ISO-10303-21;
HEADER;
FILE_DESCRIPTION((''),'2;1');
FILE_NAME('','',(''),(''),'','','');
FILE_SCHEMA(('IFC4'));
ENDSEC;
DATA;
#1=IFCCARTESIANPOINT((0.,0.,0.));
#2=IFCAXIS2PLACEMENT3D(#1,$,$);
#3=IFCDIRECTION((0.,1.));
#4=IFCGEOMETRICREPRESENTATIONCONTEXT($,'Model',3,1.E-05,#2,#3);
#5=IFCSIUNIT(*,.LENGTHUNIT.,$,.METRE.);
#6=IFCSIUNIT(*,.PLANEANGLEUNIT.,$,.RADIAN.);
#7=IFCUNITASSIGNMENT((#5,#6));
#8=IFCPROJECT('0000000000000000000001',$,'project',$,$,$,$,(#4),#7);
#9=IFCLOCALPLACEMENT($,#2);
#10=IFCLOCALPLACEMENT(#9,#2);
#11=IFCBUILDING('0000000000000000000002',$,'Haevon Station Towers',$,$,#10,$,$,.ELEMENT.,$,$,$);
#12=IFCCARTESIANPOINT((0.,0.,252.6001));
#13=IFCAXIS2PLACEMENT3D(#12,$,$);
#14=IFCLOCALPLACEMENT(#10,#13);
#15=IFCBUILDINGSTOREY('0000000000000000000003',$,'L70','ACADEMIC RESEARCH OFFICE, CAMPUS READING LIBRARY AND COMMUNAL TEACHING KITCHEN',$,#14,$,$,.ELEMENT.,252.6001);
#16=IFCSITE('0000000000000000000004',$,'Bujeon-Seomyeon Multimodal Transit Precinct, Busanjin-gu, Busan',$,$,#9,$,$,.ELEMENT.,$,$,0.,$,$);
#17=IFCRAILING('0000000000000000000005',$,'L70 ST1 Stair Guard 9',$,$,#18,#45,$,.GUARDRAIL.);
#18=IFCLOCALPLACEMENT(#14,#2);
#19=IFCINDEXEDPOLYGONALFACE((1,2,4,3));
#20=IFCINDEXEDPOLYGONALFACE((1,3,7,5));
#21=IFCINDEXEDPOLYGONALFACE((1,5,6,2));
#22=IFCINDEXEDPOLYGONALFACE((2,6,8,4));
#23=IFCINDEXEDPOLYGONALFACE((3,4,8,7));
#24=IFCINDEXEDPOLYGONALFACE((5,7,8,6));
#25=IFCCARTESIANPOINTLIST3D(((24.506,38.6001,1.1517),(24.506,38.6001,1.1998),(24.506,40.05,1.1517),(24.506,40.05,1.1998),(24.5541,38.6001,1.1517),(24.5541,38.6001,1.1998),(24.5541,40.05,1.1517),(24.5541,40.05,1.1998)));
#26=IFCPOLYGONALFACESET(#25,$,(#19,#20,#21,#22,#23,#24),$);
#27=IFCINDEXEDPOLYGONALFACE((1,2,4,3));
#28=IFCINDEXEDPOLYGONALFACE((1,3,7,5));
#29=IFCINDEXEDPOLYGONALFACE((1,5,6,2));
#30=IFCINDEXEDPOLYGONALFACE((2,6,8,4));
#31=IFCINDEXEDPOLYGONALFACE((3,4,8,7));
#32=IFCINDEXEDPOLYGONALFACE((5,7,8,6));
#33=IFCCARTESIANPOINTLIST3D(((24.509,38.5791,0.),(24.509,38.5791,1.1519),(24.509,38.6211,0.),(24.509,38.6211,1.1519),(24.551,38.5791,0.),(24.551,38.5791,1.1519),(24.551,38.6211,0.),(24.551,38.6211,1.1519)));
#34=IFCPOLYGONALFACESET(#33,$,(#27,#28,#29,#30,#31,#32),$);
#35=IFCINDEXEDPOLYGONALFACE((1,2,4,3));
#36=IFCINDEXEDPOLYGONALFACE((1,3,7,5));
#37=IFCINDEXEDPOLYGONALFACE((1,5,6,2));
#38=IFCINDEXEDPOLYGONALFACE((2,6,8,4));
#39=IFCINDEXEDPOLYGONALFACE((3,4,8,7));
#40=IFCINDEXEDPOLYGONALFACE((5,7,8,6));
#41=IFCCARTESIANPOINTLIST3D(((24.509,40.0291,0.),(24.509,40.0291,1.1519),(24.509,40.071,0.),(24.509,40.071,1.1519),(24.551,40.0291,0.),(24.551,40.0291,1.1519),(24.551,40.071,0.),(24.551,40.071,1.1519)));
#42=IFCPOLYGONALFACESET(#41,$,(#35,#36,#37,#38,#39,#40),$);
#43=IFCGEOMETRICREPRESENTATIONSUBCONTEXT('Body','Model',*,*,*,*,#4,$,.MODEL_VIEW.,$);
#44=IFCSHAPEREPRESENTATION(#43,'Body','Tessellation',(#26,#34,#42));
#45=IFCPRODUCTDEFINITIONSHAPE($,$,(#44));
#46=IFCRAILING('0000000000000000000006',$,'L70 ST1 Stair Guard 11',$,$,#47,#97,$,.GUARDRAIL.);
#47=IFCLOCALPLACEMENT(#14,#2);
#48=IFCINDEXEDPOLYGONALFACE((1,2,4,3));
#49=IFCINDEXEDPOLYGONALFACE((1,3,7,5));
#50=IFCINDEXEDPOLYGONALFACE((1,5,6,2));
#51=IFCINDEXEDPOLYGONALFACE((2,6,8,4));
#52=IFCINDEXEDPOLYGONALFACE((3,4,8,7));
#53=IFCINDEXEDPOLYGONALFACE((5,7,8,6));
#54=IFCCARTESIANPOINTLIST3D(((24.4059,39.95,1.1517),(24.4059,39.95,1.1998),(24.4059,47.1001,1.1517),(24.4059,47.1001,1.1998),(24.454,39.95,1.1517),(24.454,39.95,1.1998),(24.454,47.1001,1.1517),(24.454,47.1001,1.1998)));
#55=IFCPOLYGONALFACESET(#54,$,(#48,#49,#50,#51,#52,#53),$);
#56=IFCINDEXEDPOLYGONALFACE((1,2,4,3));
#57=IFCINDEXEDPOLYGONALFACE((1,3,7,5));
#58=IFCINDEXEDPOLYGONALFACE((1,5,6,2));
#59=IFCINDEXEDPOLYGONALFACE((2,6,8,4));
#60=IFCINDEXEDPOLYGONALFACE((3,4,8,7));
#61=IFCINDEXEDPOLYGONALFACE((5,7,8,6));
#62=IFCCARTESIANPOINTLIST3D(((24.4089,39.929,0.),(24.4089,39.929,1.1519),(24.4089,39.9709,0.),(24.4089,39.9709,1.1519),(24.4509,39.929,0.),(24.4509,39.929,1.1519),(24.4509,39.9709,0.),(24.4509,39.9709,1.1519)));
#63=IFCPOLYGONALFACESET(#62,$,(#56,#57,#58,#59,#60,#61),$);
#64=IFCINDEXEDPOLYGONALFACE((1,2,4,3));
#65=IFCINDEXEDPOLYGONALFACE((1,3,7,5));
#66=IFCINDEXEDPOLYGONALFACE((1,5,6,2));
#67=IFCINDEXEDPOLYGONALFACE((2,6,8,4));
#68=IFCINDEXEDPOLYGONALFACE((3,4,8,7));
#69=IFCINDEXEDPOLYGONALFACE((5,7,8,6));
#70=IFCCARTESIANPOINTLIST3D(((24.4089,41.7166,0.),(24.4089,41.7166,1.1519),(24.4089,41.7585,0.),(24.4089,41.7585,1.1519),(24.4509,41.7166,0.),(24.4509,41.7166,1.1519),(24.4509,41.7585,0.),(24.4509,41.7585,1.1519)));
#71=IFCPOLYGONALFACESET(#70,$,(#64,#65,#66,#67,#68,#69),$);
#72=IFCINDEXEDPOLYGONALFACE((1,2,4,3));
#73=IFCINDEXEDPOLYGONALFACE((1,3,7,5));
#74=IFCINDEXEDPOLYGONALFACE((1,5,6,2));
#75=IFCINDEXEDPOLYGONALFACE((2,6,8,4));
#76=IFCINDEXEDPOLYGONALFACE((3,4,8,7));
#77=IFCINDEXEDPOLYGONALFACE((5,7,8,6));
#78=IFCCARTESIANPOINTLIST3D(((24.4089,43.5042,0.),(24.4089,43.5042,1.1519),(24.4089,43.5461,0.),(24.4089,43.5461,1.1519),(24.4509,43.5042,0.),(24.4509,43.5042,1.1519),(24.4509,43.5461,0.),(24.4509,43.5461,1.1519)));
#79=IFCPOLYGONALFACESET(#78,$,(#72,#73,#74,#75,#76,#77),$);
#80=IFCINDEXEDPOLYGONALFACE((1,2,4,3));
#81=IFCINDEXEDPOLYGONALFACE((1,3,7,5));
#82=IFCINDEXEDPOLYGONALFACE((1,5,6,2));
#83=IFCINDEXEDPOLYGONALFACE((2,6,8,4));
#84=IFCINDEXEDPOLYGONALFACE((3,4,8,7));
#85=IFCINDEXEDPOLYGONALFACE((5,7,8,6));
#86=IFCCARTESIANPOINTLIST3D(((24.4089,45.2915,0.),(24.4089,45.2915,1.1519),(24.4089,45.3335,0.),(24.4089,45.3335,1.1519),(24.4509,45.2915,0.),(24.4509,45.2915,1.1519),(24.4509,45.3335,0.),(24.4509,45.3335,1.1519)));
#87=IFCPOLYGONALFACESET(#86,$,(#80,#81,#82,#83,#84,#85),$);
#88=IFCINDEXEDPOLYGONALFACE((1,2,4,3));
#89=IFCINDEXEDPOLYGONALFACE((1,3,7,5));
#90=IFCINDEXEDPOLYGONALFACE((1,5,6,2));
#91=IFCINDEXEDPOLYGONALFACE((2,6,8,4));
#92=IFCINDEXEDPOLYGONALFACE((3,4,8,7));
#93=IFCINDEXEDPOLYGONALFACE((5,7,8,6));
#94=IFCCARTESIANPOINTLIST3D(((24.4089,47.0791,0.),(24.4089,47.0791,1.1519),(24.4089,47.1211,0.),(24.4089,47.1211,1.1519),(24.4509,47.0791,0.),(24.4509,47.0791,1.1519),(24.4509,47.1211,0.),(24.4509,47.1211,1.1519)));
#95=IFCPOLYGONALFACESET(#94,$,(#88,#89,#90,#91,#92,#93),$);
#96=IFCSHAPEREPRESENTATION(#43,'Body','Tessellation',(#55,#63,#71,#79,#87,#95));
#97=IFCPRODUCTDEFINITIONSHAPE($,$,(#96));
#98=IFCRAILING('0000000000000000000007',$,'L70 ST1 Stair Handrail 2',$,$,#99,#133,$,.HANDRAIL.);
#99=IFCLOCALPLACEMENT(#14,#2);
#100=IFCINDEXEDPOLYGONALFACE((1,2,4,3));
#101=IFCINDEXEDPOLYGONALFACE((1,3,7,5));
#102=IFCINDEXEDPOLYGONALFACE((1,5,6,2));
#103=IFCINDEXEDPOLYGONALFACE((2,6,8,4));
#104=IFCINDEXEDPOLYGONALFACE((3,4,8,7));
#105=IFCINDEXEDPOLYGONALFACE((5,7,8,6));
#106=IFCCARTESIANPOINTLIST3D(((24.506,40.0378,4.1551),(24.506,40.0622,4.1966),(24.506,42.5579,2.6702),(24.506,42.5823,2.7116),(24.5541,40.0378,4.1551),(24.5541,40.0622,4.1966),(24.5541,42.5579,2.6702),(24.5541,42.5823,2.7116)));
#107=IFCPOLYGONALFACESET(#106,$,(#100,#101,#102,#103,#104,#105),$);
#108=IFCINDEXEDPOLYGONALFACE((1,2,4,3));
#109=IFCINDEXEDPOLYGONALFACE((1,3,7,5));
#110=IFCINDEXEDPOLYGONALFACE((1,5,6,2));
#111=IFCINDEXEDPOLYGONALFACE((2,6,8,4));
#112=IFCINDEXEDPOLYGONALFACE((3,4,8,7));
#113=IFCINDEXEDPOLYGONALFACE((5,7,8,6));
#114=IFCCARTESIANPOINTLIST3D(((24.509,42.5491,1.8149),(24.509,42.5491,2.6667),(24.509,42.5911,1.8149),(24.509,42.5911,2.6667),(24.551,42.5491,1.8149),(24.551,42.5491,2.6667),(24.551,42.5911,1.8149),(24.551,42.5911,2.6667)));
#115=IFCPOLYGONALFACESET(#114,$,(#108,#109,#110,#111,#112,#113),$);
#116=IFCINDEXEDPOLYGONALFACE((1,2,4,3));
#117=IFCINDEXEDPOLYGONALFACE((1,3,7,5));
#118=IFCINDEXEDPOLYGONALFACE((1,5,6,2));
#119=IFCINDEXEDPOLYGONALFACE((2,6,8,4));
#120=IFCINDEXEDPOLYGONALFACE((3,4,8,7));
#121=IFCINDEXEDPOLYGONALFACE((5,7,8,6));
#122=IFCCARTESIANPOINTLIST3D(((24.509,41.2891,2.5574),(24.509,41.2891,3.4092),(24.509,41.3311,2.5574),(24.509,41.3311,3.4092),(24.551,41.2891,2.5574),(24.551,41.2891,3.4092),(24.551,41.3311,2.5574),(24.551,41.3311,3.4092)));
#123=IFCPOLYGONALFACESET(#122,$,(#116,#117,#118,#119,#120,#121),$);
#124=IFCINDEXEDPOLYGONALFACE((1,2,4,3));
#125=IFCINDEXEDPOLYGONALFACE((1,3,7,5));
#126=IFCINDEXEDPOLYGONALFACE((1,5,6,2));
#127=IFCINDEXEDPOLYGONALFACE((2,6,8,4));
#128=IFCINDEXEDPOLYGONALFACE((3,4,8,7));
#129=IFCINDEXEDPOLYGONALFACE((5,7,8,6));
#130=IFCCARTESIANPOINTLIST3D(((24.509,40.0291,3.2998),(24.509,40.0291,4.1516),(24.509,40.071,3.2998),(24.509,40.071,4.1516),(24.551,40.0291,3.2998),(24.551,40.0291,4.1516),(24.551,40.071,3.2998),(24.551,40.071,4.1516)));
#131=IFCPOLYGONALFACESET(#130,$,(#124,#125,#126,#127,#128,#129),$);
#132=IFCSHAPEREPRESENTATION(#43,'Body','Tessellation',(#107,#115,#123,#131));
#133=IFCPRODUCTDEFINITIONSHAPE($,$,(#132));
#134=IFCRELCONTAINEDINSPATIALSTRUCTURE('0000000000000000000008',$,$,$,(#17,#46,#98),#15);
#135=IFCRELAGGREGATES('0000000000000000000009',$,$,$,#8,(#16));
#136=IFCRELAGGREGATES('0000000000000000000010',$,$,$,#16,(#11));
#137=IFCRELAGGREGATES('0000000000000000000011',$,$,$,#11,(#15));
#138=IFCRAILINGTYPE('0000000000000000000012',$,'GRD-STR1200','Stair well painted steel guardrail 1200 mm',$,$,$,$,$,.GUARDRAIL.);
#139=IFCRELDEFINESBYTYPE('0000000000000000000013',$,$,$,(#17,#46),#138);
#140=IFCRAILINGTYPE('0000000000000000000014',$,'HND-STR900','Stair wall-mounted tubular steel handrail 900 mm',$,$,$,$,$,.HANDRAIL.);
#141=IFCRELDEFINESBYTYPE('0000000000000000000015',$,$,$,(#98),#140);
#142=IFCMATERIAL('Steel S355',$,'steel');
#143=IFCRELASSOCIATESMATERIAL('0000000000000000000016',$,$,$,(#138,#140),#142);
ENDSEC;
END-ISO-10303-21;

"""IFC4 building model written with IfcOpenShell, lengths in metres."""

from ifc_helpers import new_model, si_unit, direction, frame, origin, origin_2d, place, context, subcontext, project, spatial, rectangle, extrude, material, type_object, element, save


model = new_model("IFC4")

# Units and contexts
model_context = context("Model", 3, precision=1e-05, world=origin(), true_north=direction((0.0, 1.0)))
body_context = subcontext(model_context, "Body", "Model", "MODEL_VIEW")
ifc_project = project(units=[si_unit("LENGTHUNIT", "METRE"), si_unit("PLANEANGLEUNIT", "RADIAN")], contexts=[model_context])

# Site, building, storey
site_placement = place(None, origin())
site = spatial("IfcSite", under=ifc_project, at=site_placement, Name="Bujeon-Seomyeon Multimodal Transit Precinct, Busanjin-gu, Busan", CompositionType="ELEMENT", RefElevation=0.0)
building_placement = place(site_placement, origin())
building = spatial("IfcBuilding", under=site, at=building_placement, Name="Haevon Station Towers", CompositionType="ELEMENT")
storey_placement = place(building_placement, frame((0.0, 0.0, 252.6001)))
storey = spatial("IfcBuildingStorey", under=building, at=storey_placement, Name="L70", Description="ACADEMIC RESEARCH OFFICE, CAMPUS READING LIBRARY AND COMMUNAL TEACHING KITCHEN", CompositionType="ELEMENT", Elevation=252.6001)

# Shared definitions
ifc_material_1 = material(Name="Steel S355", Category="steel")

# Railings
railing_type_1 = type_object("IfcRailingType", Name="GRD-STR1200", Description="Stair well painted steel guardrail 1200 mm", PredefinedType="GUARDRAIL", material=ifc_material_1)
railing_1_placement = place(storey_placement, frame((24.53, 38.6001, 0.0)))
element("IfcRailing", 1, at=railing_1_placement, inside=storey, type_object=railing_type_1, Name="L70 ST1 Stair Guard 9", PredefinedType="GUARDRAIL", context=body_context, shape_type="SweptSolid", body=[
    extrude(rectangle(XDim=0.0481, YDim=0.0481, at=origin_2d()), frame((0.0, 0.0, 1.1758), z_axis=(0.0, 1.0, 0.0), x_axis=(-1.0, 0.0, 0.0)), (0.0, 0.0, 1.0), 1.45),
    extrude(rectangle(XDim=0.042, YDim=0.042, at=origin_2d()), origin(), (0.0, 0.0, 1.0), 1.1519),
    extrude(rectangle(XDim=0.042, YDim=0.042, at=origin_2d()), frame((0.0, 1.45, 0.0)), (0.0, 0.0, 1.0), 1.1519),
])
railing_2_placement = place(storey_placement, frame((24.4299, 39.95, 0.0)))
element("IfcRailing", 2, at=railing_2_placement, inside=storey, type_object=railing_type_1, Name="L70 ST1 Stair Guard 11", PredefinedType="GUARDRAIL", context=body_context, shape_type="SweptSolid", body=[
    extrude(rectangle(XDim=0.0481, YDim=0.0481, at=origin_2d()), frame((0.0, 0.0, 1.1758), z_axis=(0.0, 1.0, 0.0), x_axis=(-1.0, 0.0, 0.0)), (0.0, 0.0, 1.0), 7.1501),
    extrude(rectangle(XDim=0.042, YDim=0.042, at=origin_2d()), origin(), (0.0, 0.0, 1.0), 1.1519),
    extrude(rectangle(XDim=0.042, YDim=0.042, at=origin_2d()), frame((0.0, 1.7876, 0.0)), (0.0, 0.0, 1.0), 1.1519),
    extrude(rectangle(XDim=0.042, YDim=0.042, at=origin_2d()), frame((0.0, 3.5752, 0.0)), (0.0, 0.0, 1.0), 1.1519),
    extrude(rectangle(XDim=0.042, YDim=0.042, at=origin_2d()), frame((0.0, 5.3625, 0.0)), (0.0, 0.0, 1.0), 1.1519),
    extrude(rectangle(XDim=0.042, YDim=0.042, at=origin_2d()), frame((0.0, 7.1501, 0.0)), (0.0, 0.0, 1.0), 1.1519),
])
railing_type_2 = type_object("IfcRailingType", Name="HND-STR900", Description="Stair wall-mounted tubular steel handrail 900 mm", PredefinedType="HANDRAIL", material=ifc_material_1)
railing_3_placement = place(storey_placement, frame((24.53, 42.5701, 1.8149)))
element("IfcRailing", 3, at=railing_3_placement, inside=storey, type_object=railing_type_2, Name="L70 ST1 Stair Handrail 2", PredefinedType="HANDRAIL", context=body_context, shape_type="SweptSolid", body=[
    extrude(rectangle(XDim=0.0481, YDim=0.0481, at=origin_2d()), frame((0.0, 0.0, 0.876), z_axis=(0.0, -0.861561, 0.507655), x_axis=(1.0, 0.0, 0.0)), (0.0, 0.0, 1.0), 2.925),
    extrude(rectangle(XDim=0.042, YDim=0.042, at=origin_2d()), origin(), (0.0, 0.0, 1.0), 0.8518),
    extrude(rectangle(XDim=0.042, YDim=0.042, at=origin_2d()), frame((0.0, -1.26, 0.7424)), (0.0, 0.0, 1.0), 0.8518),
    extrude(rectangle(XDim=0.042, YDim=0.042, at=origin_2d()), frame((0.0, -2.52, 1.4849)), (0.0, 0.0, 1.0), 0.8518),
])

save(model, "model.ifc")
